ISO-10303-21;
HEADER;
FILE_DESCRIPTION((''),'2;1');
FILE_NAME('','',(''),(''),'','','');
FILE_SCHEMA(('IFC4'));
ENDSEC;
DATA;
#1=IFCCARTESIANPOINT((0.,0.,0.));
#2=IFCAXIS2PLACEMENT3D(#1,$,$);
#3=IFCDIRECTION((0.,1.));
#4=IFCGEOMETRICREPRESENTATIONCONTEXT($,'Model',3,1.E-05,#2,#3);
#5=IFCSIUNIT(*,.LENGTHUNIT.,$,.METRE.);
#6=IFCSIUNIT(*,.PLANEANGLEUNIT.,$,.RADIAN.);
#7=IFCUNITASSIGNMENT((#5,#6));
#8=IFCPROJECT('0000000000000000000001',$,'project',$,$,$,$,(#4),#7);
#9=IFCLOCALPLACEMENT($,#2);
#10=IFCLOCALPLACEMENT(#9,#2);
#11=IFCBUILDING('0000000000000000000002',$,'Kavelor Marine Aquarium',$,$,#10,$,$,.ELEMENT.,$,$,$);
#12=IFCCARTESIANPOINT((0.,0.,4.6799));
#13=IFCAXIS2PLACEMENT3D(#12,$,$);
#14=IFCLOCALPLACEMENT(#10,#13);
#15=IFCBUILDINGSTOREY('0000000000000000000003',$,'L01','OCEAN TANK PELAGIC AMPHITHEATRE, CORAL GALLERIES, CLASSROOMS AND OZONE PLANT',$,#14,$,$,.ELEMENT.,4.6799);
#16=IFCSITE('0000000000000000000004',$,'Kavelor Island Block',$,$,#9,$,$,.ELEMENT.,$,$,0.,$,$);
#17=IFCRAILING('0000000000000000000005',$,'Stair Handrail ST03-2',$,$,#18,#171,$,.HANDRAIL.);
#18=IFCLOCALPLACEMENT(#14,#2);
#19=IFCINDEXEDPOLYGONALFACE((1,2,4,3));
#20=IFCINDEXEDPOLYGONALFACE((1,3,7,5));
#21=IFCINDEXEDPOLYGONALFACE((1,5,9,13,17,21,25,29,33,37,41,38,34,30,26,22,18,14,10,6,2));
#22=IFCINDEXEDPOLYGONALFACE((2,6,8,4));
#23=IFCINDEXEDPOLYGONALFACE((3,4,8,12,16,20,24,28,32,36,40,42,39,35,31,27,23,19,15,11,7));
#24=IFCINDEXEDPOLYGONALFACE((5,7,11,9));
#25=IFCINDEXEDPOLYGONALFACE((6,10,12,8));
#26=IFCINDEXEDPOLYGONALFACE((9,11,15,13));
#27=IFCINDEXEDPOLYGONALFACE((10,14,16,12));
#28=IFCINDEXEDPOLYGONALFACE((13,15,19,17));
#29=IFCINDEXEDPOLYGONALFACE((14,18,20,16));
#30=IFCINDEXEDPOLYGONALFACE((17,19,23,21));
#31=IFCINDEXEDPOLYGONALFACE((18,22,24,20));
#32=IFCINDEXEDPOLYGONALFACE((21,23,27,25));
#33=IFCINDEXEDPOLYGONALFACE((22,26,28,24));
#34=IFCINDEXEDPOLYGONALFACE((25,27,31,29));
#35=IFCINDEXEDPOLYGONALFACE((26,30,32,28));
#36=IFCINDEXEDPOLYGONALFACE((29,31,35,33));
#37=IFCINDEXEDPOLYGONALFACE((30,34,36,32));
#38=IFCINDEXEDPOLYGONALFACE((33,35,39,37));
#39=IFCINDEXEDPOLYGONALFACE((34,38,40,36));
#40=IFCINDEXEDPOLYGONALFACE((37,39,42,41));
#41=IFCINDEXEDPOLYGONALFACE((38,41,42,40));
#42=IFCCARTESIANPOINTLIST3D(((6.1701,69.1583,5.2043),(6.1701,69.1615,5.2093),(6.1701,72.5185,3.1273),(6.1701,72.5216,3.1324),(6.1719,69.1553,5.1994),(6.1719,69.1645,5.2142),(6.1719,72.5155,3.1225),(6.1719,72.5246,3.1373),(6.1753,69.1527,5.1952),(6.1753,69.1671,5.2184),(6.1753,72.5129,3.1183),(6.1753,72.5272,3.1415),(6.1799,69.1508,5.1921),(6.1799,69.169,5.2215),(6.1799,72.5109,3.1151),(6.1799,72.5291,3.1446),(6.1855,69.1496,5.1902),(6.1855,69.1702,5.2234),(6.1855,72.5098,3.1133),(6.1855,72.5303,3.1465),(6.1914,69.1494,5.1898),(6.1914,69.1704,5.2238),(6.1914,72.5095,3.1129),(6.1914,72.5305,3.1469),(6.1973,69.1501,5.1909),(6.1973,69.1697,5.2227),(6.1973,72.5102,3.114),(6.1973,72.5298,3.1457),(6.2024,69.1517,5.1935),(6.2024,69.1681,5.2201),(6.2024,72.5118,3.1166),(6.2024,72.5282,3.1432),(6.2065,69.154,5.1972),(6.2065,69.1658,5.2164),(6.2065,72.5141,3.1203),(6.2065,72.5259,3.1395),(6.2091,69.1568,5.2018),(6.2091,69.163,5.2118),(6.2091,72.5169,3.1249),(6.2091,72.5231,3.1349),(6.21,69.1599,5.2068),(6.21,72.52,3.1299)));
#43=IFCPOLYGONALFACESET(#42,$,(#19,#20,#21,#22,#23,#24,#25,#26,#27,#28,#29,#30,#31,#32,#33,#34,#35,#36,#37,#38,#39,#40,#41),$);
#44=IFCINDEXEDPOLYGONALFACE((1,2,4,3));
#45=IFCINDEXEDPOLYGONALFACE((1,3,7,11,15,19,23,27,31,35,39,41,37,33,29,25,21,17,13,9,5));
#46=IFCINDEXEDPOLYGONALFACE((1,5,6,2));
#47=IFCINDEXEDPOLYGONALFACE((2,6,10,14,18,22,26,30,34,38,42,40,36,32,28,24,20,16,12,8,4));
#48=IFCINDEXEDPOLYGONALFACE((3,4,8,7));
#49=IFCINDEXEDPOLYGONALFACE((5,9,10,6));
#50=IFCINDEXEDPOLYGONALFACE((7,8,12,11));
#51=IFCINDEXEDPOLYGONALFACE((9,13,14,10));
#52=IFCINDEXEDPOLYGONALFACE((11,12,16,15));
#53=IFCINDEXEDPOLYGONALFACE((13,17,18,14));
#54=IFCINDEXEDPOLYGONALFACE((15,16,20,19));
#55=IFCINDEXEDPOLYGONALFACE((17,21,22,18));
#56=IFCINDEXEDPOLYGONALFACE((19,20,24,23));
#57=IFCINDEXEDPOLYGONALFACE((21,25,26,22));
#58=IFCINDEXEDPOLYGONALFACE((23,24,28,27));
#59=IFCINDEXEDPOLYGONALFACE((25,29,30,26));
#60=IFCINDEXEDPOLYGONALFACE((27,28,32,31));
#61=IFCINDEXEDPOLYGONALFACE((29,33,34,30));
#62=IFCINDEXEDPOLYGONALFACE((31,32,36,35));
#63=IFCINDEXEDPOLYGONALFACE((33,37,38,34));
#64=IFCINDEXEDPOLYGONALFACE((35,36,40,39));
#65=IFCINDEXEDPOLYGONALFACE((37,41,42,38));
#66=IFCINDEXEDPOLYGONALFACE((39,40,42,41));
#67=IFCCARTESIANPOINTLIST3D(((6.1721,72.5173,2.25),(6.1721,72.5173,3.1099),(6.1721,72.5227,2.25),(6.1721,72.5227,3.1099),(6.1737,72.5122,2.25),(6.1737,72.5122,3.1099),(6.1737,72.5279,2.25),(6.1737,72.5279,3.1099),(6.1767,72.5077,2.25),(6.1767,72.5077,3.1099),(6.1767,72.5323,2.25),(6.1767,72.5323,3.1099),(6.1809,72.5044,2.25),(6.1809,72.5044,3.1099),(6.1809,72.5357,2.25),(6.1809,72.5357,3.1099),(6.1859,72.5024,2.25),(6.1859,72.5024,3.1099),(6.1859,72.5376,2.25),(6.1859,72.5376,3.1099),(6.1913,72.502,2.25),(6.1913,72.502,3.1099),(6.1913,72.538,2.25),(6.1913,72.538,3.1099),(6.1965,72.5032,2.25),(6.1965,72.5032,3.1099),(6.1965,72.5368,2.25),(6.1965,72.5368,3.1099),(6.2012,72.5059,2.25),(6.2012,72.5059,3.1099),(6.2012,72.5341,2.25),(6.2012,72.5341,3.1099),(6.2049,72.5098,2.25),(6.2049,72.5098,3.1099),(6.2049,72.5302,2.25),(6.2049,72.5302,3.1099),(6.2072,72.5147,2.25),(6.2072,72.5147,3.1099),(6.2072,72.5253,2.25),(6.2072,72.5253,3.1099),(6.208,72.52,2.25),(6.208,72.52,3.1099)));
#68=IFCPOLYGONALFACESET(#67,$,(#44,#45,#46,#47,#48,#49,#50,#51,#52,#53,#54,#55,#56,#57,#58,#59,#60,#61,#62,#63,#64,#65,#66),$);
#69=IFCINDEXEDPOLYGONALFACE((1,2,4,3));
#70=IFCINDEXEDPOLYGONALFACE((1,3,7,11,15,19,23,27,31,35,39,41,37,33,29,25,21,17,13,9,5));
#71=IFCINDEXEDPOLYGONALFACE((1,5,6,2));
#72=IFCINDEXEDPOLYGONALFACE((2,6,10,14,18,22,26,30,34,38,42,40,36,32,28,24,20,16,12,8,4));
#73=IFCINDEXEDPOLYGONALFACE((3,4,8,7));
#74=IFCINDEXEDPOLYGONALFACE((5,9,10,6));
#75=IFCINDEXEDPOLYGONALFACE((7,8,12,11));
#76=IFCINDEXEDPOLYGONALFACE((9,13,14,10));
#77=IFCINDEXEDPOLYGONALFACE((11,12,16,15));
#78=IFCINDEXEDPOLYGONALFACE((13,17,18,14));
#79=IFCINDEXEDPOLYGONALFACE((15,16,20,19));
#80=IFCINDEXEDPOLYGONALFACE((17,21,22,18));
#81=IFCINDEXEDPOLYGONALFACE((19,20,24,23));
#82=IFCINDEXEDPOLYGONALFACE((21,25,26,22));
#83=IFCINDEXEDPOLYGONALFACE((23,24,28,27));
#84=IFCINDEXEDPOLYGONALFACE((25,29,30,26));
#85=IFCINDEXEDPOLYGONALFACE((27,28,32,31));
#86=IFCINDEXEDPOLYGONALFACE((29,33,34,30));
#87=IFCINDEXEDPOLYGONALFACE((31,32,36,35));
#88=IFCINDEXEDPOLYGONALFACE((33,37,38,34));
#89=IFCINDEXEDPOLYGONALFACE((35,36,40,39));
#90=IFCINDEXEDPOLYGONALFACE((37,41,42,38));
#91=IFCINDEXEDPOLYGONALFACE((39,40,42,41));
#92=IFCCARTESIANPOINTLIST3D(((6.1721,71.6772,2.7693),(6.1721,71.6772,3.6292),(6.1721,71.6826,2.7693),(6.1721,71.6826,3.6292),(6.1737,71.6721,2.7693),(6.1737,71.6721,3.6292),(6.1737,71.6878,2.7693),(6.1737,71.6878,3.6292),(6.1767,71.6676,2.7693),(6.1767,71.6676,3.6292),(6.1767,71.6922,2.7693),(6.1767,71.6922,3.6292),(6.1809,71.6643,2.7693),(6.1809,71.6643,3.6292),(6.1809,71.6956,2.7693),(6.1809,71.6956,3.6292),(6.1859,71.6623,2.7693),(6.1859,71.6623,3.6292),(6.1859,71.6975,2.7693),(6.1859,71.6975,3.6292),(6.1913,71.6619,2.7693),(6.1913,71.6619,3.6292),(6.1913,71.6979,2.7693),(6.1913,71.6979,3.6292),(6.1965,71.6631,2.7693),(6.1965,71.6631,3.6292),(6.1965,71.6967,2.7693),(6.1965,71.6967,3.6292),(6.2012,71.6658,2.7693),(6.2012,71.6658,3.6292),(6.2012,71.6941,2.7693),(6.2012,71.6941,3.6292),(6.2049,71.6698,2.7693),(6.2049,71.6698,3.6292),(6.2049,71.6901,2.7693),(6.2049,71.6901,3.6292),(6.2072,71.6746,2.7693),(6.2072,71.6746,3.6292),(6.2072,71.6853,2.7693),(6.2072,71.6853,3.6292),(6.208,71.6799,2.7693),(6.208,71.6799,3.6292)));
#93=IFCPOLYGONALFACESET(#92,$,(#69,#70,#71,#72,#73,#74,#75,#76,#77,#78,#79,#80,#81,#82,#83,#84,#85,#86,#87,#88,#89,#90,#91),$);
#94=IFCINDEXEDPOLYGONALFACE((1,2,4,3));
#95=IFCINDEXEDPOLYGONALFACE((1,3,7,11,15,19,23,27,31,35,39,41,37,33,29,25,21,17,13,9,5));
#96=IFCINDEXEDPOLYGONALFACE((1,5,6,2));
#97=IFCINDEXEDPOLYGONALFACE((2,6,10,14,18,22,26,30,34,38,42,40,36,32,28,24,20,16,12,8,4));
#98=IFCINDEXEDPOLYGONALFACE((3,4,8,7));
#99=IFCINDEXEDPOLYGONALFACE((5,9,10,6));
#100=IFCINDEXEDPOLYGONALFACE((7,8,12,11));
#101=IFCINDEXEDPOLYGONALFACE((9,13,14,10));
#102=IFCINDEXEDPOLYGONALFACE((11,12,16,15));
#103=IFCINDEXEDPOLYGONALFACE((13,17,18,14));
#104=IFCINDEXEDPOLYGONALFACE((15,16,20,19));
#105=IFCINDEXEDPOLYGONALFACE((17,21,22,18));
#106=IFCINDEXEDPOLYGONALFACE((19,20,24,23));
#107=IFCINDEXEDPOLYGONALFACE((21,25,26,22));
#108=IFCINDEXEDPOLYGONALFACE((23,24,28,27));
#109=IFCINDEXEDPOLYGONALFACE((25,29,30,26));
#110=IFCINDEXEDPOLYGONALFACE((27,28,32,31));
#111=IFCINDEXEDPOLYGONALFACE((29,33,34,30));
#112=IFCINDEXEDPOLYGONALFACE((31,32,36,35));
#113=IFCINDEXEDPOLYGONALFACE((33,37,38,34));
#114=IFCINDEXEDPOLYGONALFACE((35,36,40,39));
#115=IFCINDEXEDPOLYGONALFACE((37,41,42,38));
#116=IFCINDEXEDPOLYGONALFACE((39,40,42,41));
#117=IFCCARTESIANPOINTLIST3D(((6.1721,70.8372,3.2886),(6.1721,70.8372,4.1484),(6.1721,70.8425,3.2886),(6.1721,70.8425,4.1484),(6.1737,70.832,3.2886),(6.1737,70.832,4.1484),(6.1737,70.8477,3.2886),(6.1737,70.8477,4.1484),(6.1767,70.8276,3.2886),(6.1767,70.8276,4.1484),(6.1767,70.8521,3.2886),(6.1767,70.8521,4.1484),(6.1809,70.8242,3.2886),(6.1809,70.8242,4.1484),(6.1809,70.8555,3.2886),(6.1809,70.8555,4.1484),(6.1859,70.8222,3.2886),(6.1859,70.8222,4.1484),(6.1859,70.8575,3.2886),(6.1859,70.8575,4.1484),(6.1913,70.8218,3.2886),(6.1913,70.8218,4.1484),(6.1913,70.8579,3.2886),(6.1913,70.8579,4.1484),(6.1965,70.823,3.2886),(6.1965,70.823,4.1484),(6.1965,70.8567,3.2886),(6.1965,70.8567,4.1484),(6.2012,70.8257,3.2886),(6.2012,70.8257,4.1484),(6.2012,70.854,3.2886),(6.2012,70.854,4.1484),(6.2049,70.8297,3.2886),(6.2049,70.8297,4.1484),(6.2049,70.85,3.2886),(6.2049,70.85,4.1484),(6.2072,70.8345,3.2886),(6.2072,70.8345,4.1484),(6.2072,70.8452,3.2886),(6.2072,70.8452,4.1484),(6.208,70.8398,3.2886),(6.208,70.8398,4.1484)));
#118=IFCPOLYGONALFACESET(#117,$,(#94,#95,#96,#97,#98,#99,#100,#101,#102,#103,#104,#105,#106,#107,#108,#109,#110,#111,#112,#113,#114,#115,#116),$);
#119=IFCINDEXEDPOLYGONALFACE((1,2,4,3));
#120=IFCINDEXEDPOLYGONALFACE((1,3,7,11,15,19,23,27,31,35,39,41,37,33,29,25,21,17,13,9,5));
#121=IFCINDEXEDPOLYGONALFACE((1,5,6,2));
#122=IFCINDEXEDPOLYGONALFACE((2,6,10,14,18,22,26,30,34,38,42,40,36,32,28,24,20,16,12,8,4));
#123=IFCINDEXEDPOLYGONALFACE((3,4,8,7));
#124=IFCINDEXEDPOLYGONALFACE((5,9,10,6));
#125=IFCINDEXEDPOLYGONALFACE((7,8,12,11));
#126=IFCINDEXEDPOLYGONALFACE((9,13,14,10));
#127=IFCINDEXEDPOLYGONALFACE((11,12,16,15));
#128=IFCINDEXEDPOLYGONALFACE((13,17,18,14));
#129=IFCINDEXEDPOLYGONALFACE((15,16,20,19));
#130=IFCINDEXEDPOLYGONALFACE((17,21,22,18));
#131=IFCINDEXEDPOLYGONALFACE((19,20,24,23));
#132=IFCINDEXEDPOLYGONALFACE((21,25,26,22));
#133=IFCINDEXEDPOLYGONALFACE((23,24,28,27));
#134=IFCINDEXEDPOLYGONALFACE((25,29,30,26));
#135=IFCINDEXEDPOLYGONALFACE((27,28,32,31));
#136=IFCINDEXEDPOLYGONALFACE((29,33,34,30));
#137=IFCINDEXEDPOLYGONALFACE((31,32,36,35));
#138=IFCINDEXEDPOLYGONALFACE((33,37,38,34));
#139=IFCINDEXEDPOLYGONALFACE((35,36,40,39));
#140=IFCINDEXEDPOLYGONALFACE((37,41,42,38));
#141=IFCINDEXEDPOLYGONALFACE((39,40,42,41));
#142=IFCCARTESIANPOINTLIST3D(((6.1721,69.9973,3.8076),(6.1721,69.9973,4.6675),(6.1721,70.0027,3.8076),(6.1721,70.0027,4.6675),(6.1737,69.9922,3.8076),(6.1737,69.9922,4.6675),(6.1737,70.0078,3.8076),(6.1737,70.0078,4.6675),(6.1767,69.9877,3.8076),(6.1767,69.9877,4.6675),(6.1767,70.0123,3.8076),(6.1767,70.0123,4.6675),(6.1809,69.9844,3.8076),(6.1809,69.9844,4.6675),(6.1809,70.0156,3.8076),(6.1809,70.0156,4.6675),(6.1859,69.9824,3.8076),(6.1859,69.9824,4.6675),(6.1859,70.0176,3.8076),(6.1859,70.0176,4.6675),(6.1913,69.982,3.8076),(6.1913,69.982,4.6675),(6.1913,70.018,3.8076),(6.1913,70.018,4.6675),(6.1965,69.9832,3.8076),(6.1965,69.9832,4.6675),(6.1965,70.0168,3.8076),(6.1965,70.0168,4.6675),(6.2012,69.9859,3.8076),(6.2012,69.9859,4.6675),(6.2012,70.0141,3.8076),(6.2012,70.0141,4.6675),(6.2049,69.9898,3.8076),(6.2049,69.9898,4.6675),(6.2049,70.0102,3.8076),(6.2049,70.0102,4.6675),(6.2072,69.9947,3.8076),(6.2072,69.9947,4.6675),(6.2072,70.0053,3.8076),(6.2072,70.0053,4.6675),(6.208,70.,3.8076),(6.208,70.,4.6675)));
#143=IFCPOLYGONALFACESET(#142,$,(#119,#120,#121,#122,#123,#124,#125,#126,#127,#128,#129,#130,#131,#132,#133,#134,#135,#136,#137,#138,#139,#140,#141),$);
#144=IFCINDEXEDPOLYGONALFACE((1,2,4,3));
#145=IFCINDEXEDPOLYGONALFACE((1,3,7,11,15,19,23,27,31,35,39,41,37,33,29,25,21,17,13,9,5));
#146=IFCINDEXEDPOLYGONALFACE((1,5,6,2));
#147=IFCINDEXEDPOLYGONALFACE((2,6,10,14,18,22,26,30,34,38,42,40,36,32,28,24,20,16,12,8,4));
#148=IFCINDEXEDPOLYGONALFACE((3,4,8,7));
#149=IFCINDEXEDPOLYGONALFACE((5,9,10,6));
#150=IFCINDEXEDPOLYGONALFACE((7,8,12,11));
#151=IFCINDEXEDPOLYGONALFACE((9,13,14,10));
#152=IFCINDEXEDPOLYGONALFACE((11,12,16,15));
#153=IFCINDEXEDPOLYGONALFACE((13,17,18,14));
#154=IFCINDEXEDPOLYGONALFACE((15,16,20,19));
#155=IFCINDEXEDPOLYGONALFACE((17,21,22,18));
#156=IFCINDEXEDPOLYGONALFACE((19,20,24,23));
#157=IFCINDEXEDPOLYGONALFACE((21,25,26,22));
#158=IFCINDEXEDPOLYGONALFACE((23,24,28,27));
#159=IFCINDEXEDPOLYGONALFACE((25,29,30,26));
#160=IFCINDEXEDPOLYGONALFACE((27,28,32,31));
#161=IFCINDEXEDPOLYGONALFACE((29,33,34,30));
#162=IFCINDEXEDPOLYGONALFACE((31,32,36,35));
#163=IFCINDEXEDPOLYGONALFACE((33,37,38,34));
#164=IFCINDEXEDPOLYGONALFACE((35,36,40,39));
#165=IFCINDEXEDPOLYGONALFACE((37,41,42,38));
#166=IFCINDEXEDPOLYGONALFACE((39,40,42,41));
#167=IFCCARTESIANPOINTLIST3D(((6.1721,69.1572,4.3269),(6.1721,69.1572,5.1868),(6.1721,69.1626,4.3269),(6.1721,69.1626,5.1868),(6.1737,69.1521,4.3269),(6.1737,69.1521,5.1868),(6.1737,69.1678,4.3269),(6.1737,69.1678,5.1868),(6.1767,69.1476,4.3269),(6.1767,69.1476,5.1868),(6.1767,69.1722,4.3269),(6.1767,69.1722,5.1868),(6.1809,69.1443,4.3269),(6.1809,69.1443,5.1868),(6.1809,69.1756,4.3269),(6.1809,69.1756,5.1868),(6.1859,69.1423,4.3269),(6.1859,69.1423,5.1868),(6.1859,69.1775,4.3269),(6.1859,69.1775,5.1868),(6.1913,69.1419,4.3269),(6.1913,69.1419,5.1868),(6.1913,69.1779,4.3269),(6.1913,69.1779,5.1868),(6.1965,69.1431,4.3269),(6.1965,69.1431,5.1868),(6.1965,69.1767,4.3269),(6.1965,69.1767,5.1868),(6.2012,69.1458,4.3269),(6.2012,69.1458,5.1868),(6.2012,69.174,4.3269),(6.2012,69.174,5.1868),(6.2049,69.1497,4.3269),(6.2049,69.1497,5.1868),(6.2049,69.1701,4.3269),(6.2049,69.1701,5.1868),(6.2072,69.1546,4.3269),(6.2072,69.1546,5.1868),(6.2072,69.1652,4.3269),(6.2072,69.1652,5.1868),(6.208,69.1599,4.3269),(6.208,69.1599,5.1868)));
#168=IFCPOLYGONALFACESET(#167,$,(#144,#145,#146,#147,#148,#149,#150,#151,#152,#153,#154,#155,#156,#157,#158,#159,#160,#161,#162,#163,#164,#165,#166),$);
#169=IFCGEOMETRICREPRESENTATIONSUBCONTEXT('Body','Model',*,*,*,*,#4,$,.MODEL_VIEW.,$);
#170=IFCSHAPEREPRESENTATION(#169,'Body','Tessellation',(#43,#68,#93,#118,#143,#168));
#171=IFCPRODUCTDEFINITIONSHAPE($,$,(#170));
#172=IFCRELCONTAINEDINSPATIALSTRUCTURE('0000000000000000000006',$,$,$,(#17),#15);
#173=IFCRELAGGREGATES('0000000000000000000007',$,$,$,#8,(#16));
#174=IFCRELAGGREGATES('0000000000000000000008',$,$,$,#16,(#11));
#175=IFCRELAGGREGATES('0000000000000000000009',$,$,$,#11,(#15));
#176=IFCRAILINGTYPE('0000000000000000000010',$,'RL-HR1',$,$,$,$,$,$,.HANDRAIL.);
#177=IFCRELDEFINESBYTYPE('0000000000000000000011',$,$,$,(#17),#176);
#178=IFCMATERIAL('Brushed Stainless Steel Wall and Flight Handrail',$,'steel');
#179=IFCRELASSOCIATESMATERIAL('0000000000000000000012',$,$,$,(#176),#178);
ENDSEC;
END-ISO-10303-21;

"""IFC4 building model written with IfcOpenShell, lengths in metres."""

from ifc_helpers import new_model, si_unit, direction, frame, origin, origin_2d, place, context, subcontext, project, spatial, circle, extrude, material, type_object, element, save


model = new_model("IFC4")

# Units and contexts
model_context = context("Model", 3, precision=1e-05, world=origin(), true_north=direction((0.0, 1.0)))
body_context = subcontext(model_context, "Body", "Model", "MODEL_VIEW")
ifc_project = project(units=[si_unit("LENGTHUNIT", "METRE"), si_unit("PLANEANGLEUNIT", "RADIAN")], contexts=[model_context])

# Site, building, storey
site_placement = place(None, origin())
site = spatial("IfcSite", under=ifc_project, at=site_placement, Name="Kavelor Island Block", CompositionType="ELEMENT", RefElevation=0.0)
building_placement = place(site_placement, origin())
building = spatial("IfcBuilding", under=site, at=building_placement, Name="Kavelor Marine Aquarium", CompositionType="ELEMENT")
storey_placement = place(building_placement, frame((0.0, 0.0, 4.6799)))
storey = spatial("IfcBuildingStorey", under=building, at=storey_placement, Name="L01", Description="OCEAN TANK PELAGIC AMPHITHEATRE, CORAL GALLERIES, CLASSROOMS AND OZONE PLANT", CompositionType="ELEMENT", Elevation=4.6799)

# Railing
ifc_material_1 = material(Name="Brushed Stainless Steel Wall and Flight Handrail", Category="steel")
railing_type_1 = type_object("IfcRailingType", Name="RL-HR1", PredefinedType="HANDRAIL", material=ifc_material_1)
railing_1_placement = place(storey_placement, frame((6.1899, 72.52, 2.25)))
element("IfcRailing", 1, at=railing_1_placement, inside=storey, type_object=railing_type_1, Name="Stair Handrail ST03-2", PredefinedType="HANDRAIL", context=body_context, shape_type="SweptSolid", body=[
    extrude(circle(Radius=0.02, at=origin_2d()), frame((0.0, 0.0, 0.8799), z_axis=(0.0, -0.850623, 0.525776), x_axis=(1.0, 0.0, 0.0)), (0.0, 0.0, 1.0), 3.9502),
    extrude(circle(Radius=0.0181, at=origin_2d()), origin(), (0.0, 0.0, 1.0), 0.8599),
    extrude(circle(Radius=0.0181, at=origin_2d()), frame((0.0, -0.8401, 0.5193)), (0.0, 0.0, 1.0), 0.8599),
    extrude(circle(Radius=0.0181, at=origin_2d()), frame((0.0, -1.6802, 1.0386)), (0.0, 0.0, 1.0), 0.8599),
    extrude(circle(Radius=0.0181, at=origin_2d()), frame((0.0, -2.52, 1.5576)), (0.0, 0.0, 1.0), 0.8599),
    extrude(circle(Radius=0.0181, at=origin_2d()), frame((0.0, -3.3601, 2.0769)), (0.0, 0.0, 1.0), 0.8599),
])

save(model, "model.ifc")
